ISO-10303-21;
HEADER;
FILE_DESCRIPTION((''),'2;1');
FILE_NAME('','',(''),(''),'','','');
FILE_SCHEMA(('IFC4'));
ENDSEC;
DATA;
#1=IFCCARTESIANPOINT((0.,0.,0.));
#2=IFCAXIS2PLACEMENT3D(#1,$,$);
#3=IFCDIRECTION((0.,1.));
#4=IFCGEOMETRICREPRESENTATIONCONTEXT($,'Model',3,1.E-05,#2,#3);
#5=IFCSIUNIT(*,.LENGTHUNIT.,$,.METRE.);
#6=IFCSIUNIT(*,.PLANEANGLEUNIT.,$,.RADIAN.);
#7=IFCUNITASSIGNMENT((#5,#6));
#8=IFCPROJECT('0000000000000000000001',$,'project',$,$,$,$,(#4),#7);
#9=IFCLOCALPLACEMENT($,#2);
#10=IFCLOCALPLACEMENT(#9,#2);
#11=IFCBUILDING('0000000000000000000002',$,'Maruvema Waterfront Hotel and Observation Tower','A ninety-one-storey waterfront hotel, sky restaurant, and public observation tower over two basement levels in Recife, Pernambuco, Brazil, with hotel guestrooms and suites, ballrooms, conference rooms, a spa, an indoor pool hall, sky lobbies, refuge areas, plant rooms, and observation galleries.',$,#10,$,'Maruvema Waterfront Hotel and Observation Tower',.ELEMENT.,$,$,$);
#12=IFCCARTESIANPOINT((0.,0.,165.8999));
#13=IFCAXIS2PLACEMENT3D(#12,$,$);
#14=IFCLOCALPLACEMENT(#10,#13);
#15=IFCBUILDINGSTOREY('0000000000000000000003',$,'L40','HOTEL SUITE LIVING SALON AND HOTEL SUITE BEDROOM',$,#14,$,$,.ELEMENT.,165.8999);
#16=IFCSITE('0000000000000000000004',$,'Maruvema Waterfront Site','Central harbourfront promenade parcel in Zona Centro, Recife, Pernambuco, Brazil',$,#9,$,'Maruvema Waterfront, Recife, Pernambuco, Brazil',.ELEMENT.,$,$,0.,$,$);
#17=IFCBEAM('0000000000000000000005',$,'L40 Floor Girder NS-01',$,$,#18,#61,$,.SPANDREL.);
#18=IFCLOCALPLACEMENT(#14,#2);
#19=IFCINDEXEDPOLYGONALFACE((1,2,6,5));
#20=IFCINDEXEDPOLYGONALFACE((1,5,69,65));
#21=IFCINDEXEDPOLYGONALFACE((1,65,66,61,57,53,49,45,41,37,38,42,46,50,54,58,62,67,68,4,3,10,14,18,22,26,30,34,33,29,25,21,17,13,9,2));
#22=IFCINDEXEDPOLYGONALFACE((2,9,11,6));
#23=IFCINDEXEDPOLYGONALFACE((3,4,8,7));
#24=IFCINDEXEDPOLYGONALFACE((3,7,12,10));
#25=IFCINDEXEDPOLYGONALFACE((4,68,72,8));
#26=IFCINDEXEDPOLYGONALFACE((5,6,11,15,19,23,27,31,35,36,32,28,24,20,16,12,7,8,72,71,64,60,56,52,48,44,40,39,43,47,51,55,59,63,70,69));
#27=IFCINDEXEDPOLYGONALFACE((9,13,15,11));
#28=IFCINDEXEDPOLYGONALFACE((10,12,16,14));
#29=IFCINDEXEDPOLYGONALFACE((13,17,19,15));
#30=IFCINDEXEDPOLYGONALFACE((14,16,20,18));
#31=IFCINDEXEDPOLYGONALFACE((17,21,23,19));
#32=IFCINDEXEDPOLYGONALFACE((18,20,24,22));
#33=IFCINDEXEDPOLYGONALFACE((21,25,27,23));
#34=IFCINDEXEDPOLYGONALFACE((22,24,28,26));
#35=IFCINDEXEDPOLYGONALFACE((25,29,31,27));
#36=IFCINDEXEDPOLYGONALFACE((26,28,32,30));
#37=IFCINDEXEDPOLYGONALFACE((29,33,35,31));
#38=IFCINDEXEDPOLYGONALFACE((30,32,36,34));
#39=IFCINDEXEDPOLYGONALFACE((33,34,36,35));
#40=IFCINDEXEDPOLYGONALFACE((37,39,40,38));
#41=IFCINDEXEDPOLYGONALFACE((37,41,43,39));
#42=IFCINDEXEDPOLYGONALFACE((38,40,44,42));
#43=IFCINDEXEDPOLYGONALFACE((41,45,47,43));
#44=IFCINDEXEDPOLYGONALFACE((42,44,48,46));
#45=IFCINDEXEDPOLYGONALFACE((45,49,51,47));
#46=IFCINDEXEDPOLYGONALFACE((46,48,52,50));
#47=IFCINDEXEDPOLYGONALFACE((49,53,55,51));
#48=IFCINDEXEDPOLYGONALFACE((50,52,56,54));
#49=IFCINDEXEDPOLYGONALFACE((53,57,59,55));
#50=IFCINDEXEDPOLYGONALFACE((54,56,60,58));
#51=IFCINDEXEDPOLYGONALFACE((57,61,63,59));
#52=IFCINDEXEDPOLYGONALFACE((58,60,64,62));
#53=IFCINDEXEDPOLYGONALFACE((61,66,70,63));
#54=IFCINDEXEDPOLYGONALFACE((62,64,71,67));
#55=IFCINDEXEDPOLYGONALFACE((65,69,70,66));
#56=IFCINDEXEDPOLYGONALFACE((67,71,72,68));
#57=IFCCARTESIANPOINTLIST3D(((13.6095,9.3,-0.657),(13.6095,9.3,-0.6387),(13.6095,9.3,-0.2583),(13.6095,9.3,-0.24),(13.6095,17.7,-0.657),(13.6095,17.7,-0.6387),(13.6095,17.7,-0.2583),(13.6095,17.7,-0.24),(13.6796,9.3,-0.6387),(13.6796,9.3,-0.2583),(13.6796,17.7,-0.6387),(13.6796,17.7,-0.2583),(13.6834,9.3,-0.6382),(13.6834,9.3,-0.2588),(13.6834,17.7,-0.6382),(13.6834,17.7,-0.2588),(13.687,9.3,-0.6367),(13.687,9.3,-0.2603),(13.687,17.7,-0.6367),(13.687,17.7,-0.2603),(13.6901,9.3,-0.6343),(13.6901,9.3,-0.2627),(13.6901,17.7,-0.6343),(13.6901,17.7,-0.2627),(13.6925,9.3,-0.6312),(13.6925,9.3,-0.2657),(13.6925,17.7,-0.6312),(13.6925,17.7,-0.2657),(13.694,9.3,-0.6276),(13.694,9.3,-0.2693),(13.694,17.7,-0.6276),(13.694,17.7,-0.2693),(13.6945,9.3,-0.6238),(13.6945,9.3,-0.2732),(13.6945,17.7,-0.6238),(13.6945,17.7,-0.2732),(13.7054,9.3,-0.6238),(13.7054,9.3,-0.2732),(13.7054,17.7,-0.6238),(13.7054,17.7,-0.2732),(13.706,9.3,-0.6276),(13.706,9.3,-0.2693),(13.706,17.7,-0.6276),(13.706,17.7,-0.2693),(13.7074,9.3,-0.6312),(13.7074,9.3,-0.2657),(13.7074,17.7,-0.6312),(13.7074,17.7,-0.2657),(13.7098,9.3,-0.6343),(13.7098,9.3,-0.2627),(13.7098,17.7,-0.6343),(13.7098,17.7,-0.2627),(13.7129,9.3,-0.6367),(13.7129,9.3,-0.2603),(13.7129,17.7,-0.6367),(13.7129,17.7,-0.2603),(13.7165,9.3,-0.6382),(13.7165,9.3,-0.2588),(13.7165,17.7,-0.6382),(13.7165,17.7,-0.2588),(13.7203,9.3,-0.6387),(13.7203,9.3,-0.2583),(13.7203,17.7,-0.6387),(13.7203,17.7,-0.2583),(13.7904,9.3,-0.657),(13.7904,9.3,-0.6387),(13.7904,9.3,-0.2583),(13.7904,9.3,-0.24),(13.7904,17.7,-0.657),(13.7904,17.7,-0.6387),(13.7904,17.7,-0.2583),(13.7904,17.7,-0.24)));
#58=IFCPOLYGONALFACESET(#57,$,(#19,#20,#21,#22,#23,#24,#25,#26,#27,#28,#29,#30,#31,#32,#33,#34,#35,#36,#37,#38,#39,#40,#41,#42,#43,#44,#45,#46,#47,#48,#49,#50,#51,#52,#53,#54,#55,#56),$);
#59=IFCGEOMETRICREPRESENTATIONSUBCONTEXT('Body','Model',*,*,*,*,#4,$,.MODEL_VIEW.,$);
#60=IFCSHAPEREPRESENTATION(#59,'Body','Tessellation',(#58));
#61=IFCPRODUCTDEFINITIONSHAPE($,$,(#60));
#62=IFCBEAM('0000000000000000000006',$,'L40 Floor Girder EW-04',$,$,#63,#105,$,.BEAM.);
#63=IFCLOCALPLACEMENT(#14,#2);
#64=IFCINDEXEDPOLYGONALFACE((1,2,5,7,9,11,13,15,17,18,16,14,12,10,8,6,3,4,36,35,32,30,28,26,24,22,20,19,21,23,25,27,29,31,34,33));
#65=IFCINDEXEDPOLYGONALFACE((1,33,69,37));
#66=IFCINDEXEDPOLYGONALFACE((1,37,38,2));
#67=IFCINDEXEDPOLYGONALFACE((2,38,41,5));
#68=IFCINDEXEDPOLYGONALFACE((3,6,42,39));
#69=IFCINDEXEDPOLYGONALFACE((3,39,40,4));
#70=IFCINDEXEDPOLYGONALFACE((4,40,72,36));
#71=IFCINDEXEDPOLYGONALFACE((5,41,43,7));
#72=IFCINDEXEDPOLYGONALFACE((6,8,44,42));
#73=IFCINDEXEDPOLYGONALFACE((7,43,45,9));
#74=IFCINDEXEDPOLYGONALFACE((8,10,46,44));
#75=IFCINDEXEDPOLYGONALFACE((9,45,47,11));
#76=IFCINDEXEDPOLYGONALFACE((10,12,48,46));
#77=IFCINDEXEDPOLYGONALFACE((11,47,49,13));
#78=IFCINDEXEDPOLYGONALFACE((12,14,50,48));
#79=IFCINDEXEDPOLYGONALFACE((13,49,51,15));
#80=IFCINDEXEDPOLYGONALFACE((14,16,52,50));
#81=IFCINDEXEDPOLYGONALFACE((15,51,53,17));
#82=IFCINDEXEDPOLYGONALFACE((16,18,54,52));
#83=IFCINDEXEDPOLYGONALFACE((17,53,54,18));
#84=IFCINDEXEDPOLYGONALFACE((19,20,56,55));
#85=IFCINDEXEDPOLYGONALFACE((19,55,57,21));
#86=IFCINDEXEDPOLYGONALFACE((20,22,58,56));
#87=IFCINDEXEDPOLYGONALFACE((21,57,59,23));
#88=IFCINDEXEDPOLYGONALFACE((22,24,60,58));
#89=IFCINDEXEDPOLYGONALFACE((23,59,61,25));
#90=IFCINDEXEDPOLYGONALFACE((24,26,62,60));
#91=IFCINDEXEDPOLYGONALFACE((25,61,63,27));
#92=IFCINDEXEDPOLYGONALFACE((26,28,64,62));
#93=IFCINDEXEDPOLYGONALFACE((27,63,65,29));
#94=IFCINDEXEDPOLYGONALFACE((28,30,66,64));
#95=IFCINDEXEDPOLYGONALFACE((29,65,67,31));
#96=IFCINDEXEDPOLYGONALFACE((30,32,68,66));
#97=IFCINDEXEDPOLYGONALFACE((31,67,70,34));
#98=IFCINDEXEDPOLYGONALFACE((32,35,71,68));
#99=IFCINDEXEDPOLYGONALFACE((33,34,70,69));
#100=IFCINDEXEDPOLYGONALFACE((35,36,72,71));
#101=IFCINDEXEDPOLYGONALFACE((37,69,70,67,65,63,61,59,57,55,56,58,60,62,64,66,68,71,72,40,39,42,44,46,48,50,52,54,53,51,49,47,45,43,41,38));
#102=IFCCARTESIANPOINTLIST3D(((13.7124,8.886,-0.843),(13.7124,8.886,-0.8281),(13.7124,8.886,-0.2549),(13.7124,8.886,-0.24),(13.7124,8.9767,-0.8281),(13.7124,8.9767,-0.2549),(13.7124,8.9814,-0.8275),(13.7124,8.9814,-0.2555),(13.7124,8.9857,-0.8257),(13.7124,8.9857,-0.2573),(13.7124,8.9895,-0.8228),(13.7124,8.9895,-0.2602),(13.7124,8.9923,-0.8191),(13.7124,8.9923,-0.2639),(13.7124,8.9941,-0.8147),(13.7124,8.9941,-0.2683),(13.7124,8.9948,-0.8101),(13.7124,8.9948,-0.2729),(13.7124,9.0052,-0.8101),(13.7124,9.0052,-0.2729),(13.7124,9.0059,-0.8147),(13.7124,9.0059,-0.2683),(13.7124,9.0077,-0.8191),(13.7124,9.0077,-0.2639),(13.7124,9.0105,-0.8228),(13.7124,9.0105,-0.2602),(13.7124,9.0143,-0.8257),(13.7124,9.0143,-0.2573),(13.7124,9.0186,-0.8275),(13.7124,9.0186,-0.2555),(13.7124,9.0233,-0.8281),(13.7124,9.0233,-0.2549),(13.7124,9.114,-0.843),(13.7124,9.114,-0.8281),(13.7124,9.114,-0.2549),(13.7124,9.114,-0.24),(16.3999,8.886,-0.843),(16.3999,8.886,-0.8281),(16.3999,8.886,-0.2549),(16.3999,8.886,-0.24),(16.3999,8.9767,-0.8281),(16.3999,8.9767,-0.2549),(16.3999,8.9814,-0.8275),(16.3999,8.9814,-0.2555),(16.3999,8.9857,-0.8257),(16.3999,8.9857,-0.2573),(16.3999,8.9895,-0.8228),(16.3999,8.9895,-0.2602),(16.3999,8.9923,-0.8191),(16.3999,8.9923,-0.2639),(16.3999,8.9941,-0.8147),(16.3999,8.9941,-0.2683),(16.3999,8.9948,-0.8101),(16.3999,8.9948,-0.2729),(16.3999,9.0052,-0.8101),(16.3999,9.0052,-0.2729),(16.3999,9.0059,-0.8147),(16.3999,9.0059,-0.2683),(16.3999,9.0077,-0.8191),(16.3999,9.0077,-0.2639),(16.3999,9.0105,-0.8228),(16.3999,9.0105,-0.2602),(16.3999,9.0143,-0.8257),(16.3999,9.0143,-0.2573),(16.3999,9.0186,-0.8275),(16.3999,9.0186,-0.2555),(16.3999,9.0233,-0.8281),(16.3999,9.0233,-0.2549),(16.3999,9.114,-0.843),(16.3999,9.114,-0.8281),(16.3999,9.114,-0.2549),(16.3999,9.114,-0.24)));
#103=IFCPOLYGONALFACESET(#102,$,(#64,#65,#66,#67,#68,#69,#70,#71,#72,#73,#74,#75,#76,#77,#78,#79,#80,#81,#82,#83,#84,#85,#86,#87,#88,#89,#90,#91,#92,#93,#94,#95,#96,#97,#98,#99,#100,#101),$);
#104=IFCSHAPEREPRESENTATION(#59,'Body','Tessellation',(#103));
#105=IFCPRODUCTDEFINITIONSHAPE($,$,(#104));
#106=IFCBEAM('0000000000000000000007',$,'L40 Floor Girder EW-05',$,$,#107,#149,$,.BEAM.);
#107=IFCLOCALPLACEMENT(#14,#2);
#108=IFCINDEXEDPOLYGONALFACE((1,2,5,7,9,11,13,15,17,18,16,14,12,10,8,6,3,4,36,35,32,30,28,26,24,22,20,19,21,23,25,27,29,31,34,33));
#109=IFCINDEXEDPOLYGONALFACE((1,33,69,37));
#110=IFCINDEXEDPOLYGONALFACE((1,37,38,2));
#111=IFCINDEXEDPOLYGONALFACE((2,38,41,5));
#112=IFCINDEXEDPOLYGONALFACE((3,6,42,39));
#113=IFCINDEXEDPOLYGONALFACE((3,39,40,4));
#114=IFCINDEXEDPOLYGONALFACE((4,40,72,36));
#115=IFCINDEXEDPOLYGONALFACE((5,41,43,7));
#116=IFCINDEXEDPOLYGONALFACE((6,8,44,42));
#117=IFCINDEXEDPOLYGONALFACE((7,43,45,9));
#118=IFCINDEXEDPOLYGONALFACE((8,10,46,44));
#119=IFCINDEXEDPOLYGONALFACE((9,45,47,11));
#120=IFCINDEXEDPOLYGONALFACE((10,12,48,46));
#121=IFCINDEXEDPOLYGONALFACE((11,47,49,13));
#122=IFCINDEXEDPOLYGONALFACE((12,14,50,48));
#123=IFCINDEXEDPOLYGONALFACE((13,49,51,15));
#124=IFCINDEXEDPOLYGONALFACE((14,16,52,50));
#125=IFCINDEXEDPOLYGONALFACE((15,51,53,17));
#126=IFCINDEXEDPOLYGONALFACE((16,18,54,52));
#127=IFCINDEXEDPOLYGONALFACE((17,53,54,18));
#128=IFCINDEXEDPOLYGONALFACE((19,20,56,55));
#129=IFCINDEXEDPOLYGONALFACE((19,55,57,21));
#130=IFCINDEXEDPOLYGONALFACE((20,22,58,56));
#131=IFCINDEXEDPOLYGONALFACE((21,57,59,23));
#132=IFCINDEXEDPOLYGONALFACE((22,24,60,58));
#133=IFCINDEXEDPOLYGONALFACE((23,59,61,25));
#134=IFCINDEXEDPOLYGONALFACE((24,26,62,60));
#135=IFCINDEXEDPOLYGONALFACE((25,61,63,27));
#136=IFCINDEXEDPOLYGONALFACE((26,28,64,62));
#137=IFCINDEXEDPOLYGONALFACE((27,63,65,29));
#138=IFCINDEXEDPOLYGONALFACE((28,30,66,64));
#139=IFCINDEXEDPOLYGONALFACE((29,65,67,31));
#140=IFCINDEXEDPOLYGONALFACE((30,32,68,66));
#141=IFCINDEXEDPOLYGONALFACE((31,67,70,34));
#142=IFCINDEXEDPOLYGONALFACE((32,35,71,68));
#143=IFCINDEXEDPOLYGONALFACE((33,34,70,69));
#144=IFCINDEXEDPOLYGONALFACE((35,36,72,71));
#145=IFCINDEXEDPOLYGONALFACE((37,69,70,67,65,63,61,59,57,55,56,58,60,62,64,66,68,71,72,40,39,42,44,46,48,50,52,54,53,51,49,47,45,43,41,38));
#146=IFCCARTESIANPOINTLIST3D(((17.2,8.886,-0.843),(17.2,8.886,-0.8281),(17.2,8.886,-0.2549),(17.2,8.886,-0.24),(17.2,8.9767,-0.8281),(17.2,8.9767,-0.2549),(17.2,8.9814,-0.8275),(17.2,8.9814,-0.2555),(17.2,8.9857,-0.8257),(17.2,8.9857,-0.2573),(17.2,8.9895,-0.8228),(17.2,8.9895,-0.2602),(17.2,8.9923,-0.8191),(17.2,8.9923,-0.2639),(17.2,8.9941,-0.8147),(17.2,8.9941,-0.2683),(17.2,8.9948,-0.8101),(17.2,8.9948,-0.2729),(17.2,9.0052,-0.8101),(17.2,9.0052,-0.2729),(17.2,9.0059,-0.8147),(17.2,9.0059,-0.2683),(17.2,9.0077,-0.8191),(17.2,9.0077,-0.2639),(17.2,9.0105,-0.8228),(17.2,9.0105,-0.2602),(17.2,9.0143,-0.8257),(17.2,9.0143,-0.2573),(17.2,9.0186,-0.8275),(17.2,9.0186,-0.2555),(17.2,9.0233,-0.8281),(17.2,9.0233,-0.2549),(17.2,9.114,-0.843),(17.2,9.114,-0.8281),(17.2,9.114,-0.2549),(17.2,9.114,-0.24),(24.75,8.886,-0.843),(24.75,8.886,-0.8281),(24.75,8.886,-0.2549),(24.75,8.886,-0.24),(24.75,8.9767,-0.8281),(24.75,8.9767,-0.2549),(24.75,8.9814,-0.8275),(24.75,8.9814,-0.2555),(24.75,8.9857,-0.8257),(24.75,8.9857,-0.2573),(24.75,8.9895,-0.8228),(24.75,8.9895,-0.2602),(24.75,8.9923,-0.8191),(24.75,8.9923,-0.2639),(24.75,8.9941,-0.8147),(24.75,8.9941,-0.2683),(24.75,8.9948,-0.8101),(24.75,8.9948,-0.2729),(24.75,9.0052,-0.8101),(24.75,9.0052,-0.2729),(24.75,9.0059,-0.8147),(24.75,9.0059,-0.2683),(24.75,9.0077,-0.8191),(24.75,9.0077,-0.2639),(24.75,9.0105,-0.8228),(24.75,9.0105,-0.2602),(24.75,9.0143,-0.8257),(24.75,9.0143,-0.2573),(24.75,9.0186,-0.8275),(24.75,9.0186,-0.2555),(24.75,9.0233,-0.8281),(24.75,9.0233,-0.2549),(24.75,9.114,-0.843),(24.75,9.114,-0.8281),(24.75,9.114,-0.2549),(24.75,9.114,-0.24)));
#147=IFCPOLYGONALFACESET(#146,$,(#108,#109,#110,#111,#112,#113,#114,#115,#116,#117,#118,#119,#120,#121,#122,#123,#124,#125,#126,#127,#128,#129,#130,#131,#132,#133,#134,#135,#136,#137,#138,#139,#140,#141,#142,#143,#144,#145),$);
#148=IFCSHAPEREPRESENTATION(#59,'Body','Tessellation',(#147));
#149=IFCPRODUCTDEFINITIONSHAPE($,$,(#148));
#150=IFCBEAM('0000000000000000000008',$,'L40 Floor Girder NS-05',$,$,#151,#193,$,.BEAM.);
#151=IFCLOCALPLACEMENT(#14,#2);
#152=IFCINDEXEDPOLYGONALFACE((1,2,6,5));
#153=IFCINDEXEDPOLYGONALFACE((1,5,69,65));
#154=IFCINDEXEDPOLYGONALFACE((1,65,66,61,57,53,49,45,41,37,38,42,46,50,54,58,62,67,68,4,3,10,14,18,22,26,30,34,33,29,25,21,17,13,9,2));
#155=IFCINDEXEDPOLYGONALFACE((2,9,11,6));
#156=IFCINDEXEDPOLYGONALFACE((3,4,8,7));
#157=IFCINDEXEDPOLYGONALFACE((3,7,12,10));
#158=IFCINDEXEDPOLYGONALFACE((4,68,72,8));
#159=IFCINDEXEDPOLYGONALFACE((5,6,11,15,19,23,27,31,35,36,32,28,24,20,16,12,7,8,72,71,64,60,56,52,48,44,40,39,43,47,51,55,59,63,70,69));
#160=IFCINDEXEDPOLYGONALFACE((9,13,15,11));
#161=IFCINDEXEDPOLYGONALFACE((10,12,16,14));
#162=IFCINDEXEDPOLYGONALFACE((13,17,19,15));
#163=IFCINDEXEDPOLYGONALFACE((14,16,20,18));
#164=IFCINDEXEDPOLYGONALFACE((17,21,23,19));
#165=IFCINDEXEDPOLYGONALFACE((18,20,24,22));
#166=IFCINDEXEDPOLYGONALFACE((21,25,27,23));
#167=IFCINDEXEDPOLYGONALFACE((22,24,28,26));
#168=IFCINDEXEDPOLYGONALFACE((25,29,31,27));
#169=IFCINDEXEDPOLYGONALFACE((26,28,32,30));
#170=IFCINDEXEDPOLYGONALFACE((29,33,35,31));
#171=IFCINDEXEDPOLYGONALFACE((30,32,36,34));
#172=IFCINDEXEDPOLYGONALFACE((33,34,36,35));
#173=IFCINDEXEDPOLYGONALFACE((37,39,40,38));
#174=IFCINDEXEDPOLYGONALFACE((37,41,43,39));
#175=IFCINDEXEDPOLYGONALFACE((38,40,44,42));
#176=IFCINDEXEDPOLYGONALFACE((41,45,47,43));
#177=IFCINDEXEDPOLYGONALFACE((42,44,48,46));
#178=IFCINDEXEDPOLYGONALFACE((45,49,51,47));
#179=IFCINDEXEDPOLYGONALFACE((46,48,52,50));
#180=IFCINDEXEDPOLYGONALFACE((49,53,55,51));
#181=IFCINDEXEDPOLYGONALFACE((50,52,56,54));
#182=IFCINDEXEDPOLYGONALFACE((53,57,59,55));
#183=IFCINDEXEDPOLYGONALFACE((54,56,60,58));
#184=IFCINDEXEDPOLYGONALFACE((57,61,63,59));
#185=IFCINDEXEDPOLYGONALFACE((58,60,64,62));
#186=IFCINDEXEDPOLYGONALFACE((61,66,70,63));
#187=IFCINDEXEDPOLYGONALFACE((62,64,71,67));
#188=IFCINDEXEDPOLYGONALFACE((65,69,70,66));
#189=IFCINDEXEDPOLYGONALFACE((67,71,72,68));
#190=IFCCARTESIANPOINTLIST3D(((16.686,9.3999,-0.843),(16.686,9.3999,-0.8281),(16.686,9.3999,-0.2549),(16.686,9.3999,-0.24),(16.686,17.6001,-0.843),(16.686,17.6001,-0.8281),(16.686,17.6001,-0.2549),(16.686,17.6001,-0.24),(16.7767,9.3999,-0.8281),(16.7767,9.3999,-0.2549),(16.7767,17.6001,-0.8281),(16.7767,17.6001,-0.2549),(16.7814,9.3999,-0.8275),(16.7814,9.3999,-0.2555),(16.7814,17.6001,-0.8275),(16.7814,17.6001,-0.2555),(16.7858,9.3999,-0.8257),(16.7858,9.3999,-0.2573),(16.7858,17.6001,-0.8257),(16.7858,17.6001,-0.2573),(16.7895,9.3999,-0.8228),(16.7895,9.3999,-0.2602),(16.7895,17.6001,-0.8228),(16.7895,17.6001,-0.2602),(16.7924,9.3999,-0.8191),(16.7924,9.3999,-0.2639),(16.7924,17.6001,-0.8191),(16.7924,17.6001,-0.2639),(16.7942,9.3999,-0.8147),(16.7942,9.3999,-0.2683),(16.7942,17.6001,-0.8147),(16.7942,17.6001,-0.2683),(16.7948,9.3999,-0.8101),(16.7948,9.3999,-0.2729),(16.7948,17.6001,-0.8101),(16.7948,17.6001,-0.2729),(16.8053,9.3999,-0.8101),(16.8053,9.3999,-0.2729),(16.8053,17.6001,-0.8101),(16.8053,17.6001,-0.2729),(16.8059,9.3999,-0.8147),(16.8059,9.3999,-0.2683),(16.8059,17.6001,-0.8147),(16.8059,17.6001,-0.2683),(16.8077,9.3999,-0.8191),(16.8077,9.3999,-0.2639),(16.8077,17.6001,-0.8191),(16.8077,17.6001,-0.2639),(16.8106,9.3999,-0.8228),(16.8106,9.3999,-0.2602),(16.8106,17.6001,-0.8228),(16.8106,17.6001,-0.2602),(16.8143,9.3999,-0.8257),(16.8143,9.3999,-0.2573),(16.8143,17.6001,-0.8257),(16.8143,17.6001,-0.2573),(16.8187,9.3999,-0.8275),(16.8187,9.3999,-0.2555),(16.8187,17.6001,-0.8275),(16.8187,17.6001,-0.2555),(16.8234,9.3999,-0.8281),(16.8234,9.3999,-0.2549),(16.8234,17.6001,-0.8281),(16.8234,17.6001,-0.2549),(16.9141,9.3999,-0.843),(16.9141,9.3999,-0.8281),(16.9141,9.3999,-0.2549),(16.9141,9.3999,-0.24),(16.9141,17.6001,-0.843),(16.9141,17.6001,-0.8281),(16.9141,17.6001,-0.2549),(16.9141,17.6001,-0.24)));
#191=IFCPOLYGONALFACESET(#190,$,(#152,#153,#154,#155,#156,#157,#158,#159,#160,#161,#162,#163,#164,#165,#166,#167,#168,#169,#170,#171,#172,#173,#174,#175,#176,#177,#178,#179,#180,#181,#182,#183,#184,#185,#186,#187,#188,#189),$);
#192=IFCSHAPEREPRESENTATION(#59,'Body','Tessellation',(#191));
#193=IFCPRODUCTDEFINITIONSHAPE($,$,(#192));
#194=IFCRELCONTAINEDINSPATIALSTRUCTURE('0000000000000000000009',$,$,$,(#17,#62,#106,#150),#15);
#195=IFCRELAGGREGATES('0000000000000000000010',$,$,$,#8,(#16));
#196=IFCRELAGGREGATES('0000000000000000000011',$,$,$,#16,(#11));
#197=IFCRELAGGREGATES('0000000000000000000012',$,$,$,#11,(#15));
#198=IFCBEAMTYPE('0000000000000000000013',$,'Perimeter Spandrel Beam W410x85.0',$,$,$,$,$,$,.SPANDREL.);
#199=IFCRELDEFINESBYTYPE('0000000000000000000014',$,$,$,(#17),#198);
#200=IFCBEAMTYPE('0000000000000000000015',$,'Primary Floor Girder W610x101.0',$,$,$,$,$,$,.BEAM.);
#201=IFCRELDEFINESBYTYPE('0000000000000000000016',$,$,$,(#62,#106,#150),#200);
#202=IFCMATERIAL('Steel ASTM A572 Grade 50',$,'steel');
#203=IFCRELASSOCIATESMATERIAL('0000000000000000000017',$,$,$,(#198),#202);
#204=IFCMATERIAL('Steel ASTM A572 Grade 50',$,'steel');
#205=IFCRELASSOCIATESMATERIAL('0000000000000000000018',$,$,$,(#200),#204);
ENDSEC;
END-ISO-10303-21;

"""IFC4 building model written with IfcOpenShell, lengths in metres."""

from ifc_helpers import new_model, si_unit, direction, frame, origin, origin_2d, place, context, subcontext, project, spatial, i_section, extrude, material, material_profile, profile_set, type_object, element, save


model = new_model("IFC4")

# Units and contexts
model_context = context("Model", 3, precision=1e-05, world=origin(), true_north=direction((0.0, 1.0)))
body_context = subcontext(model_context, "Body", "Model", "MODEL_VIEW")
ifc_project = project(units=[si_unit("LENGTHUNIT", "METRE"), si_unit("PLANEANGLEUNIT", "RADIAN")], contexts=[model_context])

# Site, building, storey
site_placement = place(None, origin())
site = spatial("IfcSite", under=ifc_project, at=site_placement, Name="Maruvema Waterfront Site", Description="Central harbourfront promenade parcel in Zona Centro, Recife, Pernambuco, Brazil", LongName="Maruvema Waterfront, Recife, Pernambuco, Brazil", CompositionType="ELEMENT", RefElevation=0.0)
building_placement = place(site_placement, origin())
building = spatial("IfcBuilding", under=site, at=building_placement, Name="Maruvema Waterfront Hotel and Observation Tower", Description="A ninety-one-storey waterfront hotel, sky restaurant, and public observation tower over two basement levels in Recife, Pernambuco, Brazil, with hotel guestrooms and suites, ballrooms, conference rooms, a spa, an indoor pool hall, sky lobbies, refuge areas, plant rooms, and observation galleries.", LongName="Maruvema Waterfront Hotel and Observation Tower", CompositionType="ELEMENT")
storey_placement = place(building_placement, frame((0.0, 0.0, 165.8999)))
storey = spatial("IfcBuildingStorey", under=building, at=storey_placement, Name="L40", Description="HOTEL SUITE LIVING SALON AND HOTEL SUITE BEDROOM", CompositionType="ELEMENT", Elevation=165.8999)

# Beams
ifc_material_1 = material(Name="Steel ASTM A572 Grade 50", Category="steel")
ifc_material_profile_1 = material_profile(ifc_material_1, i_section(OverallWidth=0.1809, OverallDepth=0.417, WebThickness=0.011, FlangeThickness=0.0183, FilletRadius=0.0149, at=origin_2d()), Name="W410x85.0")
ifc_profile_set_1 = profile_set([ifc_material_profile_1], Name="Steel ASTM A572 Grade 50")
beam_type_1 = type_object("IfcBeamType", Name="Perimeter Spandrel Beam W410x85.0", PredefinedType="SPANDREL", material=ifc_profile_set_1)
beam_1_placement = place(storey_placement, frame((13.7, 9.3, -0.4485), z_axis=(0.0, 1.0, 0.0), x_axis=(-1.0, 0.0, 0.0)))
element("IfcBeam", 1, at=beam_1_placement, inside=storey, type_object=beam_type_1, Name="L40 Floor Girder NS-01", PredefinedType="SPANDREL", context=body_context, shape_type="SweptSolid", body=[
    extrude(i_section(OverallWidth=0.1809, OverallDepth=0.417, WebThickness=0.011, FlangeThickness=0.0183, FilletRadius=0.0149, at=origin_2d()), origin(), (0.0, 0.0, 1.0), 8.3999),
])
ifc_material_2 = material(Name="Steel ASTM A572 Grade 50", Category="steel")
ifc_material_profile_2 = material_profile(ifc_material_2, i_section(OverallWidth=0.228, OverallDepth=0.603, WebThickness=0.0105, FlangeThickness=0.0149, FilletRadius=0.0181, at=origin_2d()), Name="W610x101.0")
ifc_profile_set_2 = profile_set([ifc_material_profile_2], Name="Steel ASTM A572 Grade 50")
beam_type_2 = type_object("IfcBeamType", Name="Primary Floor Girder W610x101.0", PredefinedType="BEAM", material=ifc_profile_set_2)
beam_2_placement = place(storey_placement, frame((13.7124, 9.0, -0.5415), z_axis=(1.0, 0.0, 0.0), x_axis=(0.0, 1.0, 0.0)))
element("IfcBeam", 2, at=beam_2_placement, inside=storey, type_object=beam_type_2, Name="L40 Floor Girder EW-04", PredefinedType="BEAM", context=body_context, shape_type="SweptSolid", body=[
    extrude(i_section(OverallWidth=0.228, OverallDepth=0.603, WebThickness=0.0105, FlangeThickness=0.0149, FilletRadius=0.0181, at=origin_2d()), origin(), (0.0, 0.0, 1.0), 2.6875),
])
beam_3_placement = place(storey_placement, frame((17.2, 9.0, -0.5415), z_axis=(1.0, 0.0, 0.0), x_axis=(0.0, 1.0, 0.0)))
element("IfcBeam", 3, at=beam_3_placement, inside=storey, type_object=beam_type_2, Name="L40 Floor Girder EW-05", PredefinedType="BEAM", context=body_context, shape_type="SweptSolid", body=[
    extrude(i_section(OverallWidth=0.228, OverallDepth=0.603, WebThickness=0.0105, FlangeThickness=0.0149, FilletRadius=0.0181, at=origin_2d()), origin(), (0.0, 0.0, 1.0), 7.55),
])
beam_4_placement = place(storey_placement, frame((16.8, 9.3999, -0.5415), z_axis=(0.0, 1.0, 0.0), x_axis=(-1.0, 0.0, 0.0)))
element("IfcBeam", 4, at=beam_4_placement, inside=storey, type_object=beam_type_2, Name="L40 Floor Girder NS-05", PredefinedType="BEAM", context=body_context, shape_type="SweptSolid", body=[
    extrude(i_section(OverallWidth=0.228, OverallDepth=0.603, WebThickness=0.0105, FlangeThickness=0.0149, FilletRadius=0.0181, at=origin_2d()), origin(), (0.0, 0.0, 1.0), 8.2002),
])

save(model, "model.ifc")
